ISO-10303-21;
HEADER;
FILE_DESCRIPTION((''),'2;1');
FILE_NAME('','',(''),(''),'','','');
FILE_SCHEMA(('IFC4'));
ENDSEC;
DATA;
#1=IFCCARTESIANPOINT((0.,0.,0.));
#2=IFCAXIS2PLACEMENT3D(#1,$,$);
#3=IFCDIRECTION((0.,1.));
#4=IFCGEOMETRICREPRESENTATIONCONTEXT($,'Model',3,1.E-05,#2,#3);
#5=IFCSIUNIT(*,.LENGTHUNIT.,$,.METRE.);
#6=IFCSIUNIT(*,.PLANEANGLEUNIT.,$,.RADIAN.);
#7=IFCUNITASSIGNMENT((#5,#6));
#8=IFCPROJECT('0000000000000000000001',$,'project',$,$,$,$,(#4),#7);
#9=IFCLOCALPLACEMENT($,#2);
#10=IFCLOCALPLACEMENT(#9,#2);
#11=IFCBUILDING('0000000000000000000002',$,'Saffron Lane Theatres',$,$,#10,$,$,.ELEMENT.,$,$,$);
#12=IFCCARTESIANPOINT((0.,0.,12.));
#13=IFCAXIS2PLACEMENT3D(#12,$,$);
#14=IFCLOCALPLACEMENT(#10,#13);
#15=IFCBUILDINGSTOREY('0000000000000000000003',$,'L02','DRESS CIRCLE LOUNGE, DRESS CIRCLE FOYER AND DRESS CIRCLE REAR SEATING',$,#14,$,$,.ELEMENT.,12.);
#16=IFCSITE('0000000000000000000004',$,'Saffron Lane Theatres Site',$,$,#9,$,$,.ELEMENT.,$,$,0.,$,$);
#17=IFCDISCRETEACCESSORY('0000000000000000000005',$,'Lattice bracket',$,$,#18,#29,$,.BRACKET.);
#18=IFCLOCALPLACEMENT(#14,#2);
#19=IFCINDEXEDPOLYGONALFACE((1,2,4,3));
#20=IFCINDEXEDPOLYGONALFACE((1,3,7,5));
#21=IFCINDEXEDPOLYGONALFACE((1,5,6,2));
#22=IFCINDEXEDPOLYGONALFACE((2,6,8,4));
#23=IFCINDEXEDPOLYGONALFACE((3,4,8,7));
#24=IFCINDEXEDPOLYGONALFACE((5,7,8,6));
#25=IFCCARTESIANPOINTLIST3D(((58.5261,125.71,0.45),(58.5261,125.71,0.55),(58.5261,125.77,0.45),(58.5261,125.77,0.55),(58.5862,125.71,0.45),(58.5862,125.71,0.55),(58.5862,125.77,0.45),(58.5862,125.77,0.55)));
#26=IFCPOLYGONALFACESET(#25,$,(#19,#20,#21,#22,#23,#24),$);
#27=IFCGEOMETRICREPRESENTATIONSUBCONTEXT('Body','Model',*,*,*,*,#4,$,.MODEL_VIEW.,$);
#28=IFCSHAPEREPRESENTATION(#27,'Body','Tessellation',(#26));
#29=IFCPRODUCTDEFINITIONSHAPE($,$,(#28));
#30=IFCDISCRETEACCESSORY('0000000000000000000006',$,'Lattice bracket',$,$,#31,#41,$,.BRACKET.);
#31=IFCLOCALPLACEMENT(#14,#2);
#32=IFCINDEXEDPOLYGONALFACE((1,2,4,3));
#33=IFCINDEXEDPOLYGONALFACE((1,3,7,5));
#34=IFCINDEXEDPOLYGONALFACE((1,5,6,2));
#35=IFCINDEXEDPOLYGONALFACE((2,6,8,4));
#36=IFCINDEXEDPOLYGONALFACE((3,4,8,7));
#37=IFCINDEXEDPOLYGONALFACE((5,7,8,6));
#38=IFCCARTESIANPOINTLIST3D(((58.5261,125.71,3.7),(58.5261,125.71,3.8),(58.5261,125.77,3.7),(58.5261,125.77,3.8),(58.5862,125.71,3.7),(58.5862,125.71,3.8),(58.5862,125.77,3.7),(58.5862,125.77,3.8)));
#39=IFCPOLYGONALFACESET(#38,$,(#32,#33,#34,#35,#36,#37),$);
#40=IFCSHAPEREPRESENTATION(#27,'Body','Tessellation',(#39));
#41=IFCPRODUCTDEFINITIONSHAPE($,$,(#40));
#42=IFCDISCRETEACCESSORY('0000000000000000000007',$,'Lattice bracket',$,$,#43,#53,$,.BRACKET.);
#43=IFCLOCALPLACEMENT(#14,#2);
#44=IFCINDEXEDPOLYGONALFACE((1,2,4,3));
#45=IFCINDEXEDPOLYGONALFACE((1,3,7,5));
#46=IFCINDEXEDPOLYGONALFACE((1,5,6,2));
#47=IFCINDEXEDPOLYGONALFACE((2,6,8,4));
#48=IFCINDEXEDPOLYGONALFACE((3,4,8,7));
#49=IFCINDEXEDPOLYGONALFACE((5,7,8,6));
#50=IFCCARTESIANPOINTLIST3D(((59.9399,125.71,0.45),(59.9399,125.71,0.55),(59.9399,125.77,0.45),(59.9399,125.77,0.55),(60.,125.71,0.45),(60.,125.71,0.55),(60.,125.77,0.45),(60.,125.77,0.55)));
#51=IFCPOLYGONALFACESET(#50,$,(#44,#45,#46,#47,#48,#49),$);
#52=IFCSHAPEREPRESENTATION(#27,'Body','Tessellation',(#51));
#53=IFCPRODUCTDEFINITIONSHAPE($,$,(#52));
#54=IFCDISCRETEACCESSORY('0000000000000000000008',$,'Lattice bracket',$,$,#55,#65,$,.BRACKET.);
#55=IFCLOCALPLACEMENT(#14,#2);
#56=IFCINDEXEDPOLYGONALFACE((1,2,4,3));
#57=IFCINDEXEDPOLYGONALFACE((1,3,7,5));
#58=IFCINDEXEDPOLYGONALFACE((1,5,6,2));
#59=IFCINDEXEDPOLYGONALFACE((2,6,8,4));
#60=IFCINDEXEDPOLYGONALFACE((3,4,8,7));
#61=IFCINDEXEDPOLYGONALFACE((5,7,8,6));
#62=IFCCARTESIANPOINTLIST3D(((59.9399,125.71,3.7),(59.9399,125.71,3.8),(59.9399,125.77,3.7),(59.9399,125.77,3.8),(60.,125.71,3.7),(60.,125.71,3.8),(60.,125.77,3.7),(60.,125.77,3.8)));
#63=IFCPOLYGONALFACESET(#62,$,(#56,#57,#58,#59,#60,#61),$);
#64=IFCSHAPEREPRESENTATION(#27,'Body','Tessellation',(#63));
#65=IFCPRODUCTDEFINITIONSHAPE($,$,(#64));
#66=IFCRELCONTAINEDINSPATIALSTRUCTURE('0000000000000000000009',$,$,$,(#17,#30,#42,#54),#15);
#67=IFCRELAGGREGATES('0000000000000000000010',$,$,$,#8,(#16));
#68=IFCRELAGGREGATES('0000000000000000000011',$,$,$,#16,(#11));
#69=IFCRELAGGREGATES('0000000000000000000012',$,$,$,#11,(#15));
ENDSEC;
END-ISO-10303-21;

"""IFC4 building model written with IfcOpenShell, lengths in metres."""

from ifc_helpers import new_model, si_unit, direction, frame, origin, origin_2d, place, context, subcontext, project, spatial, rectangle, extrude, element, save


model = new_model("IFC4")

# Units and contexts
model_context = context("Model", 3, precision=1e-05, world=origin(), true_north=direction((0.0, 1.0)))
body_context = subcontext(model_context, "Body", "Model", "MODEL_VIEW")
ifc_project = project(units=[si_unit("LENGTHUNIT", "METRE"), si_unit("PLANEANGLEUNIT", "RADIAN")], contexts=[model_context])

# Site, building, storey
site_placement = place(None, origin())
site = spatial("IfcSite", under=ifc_project, at=site_placement, Name="Saffron Lane Theatres Site", CompositionType="ELEMENT", RefElevation=0.0)
building_placement = place(site_placement, origin())
building = spatial("IfcBuilding", under=site, at=building_placement, Name="Saffron Lane Theatres", CompositionType="ELEMENT")
storey_placement = place(building_placement, frame((0.0, 0.0, 12.0)))
storey = spatial("IfcBuildingStorey", under=building, at=storey_placement, Name="L02", Description="DRESS CIRCLE LOUNGE, DRESS CIRCLE FOYER AND DRESS CIRCLE REAR SEATING", CompositionType="ELEMENT", Elevation=12.0)

# Discrete accessories
for number, where, z_axis, x_axis, name in (
    (1, (58.5562, 125.74, 0.45), (0.0, 0.0, 1.0), (1.0, 0.0, 0.0), "Lattice bracket"),
    (2, (58.5562, 125.74, 3.7), (0.0, 0.0, 1.0), (1.0, 0.0, 0.0), "Lattice bracket"),
    (3, (59.97, 125.74, 0.45), (0.0, 0.0, 1.0), (1.0, 0.0, 0.0), "Lattice bracket"),
    (4, (59.97, 125.74, 3.7), (0.0, 0.0, 1.0), (1.0, 0.0, 0.0), "Lattice bracket"),
):
    element("IfcDiscreteAccessory", number, at=place(storey_placement, frame(where, z_axis=z_axis, x_axis=x_axis)), inside=storey, Name=name, PredefinedType="BRACKET", context=body_context, shape_type="SweptSolid", body=[
        extrude(rectangle(XDim=0.0601, YDim=0.0601, at=origin_2d()), origin(), (0.0, 0.0, 1.0), 0.1001),
    ])

save(model, "model.ifc")
